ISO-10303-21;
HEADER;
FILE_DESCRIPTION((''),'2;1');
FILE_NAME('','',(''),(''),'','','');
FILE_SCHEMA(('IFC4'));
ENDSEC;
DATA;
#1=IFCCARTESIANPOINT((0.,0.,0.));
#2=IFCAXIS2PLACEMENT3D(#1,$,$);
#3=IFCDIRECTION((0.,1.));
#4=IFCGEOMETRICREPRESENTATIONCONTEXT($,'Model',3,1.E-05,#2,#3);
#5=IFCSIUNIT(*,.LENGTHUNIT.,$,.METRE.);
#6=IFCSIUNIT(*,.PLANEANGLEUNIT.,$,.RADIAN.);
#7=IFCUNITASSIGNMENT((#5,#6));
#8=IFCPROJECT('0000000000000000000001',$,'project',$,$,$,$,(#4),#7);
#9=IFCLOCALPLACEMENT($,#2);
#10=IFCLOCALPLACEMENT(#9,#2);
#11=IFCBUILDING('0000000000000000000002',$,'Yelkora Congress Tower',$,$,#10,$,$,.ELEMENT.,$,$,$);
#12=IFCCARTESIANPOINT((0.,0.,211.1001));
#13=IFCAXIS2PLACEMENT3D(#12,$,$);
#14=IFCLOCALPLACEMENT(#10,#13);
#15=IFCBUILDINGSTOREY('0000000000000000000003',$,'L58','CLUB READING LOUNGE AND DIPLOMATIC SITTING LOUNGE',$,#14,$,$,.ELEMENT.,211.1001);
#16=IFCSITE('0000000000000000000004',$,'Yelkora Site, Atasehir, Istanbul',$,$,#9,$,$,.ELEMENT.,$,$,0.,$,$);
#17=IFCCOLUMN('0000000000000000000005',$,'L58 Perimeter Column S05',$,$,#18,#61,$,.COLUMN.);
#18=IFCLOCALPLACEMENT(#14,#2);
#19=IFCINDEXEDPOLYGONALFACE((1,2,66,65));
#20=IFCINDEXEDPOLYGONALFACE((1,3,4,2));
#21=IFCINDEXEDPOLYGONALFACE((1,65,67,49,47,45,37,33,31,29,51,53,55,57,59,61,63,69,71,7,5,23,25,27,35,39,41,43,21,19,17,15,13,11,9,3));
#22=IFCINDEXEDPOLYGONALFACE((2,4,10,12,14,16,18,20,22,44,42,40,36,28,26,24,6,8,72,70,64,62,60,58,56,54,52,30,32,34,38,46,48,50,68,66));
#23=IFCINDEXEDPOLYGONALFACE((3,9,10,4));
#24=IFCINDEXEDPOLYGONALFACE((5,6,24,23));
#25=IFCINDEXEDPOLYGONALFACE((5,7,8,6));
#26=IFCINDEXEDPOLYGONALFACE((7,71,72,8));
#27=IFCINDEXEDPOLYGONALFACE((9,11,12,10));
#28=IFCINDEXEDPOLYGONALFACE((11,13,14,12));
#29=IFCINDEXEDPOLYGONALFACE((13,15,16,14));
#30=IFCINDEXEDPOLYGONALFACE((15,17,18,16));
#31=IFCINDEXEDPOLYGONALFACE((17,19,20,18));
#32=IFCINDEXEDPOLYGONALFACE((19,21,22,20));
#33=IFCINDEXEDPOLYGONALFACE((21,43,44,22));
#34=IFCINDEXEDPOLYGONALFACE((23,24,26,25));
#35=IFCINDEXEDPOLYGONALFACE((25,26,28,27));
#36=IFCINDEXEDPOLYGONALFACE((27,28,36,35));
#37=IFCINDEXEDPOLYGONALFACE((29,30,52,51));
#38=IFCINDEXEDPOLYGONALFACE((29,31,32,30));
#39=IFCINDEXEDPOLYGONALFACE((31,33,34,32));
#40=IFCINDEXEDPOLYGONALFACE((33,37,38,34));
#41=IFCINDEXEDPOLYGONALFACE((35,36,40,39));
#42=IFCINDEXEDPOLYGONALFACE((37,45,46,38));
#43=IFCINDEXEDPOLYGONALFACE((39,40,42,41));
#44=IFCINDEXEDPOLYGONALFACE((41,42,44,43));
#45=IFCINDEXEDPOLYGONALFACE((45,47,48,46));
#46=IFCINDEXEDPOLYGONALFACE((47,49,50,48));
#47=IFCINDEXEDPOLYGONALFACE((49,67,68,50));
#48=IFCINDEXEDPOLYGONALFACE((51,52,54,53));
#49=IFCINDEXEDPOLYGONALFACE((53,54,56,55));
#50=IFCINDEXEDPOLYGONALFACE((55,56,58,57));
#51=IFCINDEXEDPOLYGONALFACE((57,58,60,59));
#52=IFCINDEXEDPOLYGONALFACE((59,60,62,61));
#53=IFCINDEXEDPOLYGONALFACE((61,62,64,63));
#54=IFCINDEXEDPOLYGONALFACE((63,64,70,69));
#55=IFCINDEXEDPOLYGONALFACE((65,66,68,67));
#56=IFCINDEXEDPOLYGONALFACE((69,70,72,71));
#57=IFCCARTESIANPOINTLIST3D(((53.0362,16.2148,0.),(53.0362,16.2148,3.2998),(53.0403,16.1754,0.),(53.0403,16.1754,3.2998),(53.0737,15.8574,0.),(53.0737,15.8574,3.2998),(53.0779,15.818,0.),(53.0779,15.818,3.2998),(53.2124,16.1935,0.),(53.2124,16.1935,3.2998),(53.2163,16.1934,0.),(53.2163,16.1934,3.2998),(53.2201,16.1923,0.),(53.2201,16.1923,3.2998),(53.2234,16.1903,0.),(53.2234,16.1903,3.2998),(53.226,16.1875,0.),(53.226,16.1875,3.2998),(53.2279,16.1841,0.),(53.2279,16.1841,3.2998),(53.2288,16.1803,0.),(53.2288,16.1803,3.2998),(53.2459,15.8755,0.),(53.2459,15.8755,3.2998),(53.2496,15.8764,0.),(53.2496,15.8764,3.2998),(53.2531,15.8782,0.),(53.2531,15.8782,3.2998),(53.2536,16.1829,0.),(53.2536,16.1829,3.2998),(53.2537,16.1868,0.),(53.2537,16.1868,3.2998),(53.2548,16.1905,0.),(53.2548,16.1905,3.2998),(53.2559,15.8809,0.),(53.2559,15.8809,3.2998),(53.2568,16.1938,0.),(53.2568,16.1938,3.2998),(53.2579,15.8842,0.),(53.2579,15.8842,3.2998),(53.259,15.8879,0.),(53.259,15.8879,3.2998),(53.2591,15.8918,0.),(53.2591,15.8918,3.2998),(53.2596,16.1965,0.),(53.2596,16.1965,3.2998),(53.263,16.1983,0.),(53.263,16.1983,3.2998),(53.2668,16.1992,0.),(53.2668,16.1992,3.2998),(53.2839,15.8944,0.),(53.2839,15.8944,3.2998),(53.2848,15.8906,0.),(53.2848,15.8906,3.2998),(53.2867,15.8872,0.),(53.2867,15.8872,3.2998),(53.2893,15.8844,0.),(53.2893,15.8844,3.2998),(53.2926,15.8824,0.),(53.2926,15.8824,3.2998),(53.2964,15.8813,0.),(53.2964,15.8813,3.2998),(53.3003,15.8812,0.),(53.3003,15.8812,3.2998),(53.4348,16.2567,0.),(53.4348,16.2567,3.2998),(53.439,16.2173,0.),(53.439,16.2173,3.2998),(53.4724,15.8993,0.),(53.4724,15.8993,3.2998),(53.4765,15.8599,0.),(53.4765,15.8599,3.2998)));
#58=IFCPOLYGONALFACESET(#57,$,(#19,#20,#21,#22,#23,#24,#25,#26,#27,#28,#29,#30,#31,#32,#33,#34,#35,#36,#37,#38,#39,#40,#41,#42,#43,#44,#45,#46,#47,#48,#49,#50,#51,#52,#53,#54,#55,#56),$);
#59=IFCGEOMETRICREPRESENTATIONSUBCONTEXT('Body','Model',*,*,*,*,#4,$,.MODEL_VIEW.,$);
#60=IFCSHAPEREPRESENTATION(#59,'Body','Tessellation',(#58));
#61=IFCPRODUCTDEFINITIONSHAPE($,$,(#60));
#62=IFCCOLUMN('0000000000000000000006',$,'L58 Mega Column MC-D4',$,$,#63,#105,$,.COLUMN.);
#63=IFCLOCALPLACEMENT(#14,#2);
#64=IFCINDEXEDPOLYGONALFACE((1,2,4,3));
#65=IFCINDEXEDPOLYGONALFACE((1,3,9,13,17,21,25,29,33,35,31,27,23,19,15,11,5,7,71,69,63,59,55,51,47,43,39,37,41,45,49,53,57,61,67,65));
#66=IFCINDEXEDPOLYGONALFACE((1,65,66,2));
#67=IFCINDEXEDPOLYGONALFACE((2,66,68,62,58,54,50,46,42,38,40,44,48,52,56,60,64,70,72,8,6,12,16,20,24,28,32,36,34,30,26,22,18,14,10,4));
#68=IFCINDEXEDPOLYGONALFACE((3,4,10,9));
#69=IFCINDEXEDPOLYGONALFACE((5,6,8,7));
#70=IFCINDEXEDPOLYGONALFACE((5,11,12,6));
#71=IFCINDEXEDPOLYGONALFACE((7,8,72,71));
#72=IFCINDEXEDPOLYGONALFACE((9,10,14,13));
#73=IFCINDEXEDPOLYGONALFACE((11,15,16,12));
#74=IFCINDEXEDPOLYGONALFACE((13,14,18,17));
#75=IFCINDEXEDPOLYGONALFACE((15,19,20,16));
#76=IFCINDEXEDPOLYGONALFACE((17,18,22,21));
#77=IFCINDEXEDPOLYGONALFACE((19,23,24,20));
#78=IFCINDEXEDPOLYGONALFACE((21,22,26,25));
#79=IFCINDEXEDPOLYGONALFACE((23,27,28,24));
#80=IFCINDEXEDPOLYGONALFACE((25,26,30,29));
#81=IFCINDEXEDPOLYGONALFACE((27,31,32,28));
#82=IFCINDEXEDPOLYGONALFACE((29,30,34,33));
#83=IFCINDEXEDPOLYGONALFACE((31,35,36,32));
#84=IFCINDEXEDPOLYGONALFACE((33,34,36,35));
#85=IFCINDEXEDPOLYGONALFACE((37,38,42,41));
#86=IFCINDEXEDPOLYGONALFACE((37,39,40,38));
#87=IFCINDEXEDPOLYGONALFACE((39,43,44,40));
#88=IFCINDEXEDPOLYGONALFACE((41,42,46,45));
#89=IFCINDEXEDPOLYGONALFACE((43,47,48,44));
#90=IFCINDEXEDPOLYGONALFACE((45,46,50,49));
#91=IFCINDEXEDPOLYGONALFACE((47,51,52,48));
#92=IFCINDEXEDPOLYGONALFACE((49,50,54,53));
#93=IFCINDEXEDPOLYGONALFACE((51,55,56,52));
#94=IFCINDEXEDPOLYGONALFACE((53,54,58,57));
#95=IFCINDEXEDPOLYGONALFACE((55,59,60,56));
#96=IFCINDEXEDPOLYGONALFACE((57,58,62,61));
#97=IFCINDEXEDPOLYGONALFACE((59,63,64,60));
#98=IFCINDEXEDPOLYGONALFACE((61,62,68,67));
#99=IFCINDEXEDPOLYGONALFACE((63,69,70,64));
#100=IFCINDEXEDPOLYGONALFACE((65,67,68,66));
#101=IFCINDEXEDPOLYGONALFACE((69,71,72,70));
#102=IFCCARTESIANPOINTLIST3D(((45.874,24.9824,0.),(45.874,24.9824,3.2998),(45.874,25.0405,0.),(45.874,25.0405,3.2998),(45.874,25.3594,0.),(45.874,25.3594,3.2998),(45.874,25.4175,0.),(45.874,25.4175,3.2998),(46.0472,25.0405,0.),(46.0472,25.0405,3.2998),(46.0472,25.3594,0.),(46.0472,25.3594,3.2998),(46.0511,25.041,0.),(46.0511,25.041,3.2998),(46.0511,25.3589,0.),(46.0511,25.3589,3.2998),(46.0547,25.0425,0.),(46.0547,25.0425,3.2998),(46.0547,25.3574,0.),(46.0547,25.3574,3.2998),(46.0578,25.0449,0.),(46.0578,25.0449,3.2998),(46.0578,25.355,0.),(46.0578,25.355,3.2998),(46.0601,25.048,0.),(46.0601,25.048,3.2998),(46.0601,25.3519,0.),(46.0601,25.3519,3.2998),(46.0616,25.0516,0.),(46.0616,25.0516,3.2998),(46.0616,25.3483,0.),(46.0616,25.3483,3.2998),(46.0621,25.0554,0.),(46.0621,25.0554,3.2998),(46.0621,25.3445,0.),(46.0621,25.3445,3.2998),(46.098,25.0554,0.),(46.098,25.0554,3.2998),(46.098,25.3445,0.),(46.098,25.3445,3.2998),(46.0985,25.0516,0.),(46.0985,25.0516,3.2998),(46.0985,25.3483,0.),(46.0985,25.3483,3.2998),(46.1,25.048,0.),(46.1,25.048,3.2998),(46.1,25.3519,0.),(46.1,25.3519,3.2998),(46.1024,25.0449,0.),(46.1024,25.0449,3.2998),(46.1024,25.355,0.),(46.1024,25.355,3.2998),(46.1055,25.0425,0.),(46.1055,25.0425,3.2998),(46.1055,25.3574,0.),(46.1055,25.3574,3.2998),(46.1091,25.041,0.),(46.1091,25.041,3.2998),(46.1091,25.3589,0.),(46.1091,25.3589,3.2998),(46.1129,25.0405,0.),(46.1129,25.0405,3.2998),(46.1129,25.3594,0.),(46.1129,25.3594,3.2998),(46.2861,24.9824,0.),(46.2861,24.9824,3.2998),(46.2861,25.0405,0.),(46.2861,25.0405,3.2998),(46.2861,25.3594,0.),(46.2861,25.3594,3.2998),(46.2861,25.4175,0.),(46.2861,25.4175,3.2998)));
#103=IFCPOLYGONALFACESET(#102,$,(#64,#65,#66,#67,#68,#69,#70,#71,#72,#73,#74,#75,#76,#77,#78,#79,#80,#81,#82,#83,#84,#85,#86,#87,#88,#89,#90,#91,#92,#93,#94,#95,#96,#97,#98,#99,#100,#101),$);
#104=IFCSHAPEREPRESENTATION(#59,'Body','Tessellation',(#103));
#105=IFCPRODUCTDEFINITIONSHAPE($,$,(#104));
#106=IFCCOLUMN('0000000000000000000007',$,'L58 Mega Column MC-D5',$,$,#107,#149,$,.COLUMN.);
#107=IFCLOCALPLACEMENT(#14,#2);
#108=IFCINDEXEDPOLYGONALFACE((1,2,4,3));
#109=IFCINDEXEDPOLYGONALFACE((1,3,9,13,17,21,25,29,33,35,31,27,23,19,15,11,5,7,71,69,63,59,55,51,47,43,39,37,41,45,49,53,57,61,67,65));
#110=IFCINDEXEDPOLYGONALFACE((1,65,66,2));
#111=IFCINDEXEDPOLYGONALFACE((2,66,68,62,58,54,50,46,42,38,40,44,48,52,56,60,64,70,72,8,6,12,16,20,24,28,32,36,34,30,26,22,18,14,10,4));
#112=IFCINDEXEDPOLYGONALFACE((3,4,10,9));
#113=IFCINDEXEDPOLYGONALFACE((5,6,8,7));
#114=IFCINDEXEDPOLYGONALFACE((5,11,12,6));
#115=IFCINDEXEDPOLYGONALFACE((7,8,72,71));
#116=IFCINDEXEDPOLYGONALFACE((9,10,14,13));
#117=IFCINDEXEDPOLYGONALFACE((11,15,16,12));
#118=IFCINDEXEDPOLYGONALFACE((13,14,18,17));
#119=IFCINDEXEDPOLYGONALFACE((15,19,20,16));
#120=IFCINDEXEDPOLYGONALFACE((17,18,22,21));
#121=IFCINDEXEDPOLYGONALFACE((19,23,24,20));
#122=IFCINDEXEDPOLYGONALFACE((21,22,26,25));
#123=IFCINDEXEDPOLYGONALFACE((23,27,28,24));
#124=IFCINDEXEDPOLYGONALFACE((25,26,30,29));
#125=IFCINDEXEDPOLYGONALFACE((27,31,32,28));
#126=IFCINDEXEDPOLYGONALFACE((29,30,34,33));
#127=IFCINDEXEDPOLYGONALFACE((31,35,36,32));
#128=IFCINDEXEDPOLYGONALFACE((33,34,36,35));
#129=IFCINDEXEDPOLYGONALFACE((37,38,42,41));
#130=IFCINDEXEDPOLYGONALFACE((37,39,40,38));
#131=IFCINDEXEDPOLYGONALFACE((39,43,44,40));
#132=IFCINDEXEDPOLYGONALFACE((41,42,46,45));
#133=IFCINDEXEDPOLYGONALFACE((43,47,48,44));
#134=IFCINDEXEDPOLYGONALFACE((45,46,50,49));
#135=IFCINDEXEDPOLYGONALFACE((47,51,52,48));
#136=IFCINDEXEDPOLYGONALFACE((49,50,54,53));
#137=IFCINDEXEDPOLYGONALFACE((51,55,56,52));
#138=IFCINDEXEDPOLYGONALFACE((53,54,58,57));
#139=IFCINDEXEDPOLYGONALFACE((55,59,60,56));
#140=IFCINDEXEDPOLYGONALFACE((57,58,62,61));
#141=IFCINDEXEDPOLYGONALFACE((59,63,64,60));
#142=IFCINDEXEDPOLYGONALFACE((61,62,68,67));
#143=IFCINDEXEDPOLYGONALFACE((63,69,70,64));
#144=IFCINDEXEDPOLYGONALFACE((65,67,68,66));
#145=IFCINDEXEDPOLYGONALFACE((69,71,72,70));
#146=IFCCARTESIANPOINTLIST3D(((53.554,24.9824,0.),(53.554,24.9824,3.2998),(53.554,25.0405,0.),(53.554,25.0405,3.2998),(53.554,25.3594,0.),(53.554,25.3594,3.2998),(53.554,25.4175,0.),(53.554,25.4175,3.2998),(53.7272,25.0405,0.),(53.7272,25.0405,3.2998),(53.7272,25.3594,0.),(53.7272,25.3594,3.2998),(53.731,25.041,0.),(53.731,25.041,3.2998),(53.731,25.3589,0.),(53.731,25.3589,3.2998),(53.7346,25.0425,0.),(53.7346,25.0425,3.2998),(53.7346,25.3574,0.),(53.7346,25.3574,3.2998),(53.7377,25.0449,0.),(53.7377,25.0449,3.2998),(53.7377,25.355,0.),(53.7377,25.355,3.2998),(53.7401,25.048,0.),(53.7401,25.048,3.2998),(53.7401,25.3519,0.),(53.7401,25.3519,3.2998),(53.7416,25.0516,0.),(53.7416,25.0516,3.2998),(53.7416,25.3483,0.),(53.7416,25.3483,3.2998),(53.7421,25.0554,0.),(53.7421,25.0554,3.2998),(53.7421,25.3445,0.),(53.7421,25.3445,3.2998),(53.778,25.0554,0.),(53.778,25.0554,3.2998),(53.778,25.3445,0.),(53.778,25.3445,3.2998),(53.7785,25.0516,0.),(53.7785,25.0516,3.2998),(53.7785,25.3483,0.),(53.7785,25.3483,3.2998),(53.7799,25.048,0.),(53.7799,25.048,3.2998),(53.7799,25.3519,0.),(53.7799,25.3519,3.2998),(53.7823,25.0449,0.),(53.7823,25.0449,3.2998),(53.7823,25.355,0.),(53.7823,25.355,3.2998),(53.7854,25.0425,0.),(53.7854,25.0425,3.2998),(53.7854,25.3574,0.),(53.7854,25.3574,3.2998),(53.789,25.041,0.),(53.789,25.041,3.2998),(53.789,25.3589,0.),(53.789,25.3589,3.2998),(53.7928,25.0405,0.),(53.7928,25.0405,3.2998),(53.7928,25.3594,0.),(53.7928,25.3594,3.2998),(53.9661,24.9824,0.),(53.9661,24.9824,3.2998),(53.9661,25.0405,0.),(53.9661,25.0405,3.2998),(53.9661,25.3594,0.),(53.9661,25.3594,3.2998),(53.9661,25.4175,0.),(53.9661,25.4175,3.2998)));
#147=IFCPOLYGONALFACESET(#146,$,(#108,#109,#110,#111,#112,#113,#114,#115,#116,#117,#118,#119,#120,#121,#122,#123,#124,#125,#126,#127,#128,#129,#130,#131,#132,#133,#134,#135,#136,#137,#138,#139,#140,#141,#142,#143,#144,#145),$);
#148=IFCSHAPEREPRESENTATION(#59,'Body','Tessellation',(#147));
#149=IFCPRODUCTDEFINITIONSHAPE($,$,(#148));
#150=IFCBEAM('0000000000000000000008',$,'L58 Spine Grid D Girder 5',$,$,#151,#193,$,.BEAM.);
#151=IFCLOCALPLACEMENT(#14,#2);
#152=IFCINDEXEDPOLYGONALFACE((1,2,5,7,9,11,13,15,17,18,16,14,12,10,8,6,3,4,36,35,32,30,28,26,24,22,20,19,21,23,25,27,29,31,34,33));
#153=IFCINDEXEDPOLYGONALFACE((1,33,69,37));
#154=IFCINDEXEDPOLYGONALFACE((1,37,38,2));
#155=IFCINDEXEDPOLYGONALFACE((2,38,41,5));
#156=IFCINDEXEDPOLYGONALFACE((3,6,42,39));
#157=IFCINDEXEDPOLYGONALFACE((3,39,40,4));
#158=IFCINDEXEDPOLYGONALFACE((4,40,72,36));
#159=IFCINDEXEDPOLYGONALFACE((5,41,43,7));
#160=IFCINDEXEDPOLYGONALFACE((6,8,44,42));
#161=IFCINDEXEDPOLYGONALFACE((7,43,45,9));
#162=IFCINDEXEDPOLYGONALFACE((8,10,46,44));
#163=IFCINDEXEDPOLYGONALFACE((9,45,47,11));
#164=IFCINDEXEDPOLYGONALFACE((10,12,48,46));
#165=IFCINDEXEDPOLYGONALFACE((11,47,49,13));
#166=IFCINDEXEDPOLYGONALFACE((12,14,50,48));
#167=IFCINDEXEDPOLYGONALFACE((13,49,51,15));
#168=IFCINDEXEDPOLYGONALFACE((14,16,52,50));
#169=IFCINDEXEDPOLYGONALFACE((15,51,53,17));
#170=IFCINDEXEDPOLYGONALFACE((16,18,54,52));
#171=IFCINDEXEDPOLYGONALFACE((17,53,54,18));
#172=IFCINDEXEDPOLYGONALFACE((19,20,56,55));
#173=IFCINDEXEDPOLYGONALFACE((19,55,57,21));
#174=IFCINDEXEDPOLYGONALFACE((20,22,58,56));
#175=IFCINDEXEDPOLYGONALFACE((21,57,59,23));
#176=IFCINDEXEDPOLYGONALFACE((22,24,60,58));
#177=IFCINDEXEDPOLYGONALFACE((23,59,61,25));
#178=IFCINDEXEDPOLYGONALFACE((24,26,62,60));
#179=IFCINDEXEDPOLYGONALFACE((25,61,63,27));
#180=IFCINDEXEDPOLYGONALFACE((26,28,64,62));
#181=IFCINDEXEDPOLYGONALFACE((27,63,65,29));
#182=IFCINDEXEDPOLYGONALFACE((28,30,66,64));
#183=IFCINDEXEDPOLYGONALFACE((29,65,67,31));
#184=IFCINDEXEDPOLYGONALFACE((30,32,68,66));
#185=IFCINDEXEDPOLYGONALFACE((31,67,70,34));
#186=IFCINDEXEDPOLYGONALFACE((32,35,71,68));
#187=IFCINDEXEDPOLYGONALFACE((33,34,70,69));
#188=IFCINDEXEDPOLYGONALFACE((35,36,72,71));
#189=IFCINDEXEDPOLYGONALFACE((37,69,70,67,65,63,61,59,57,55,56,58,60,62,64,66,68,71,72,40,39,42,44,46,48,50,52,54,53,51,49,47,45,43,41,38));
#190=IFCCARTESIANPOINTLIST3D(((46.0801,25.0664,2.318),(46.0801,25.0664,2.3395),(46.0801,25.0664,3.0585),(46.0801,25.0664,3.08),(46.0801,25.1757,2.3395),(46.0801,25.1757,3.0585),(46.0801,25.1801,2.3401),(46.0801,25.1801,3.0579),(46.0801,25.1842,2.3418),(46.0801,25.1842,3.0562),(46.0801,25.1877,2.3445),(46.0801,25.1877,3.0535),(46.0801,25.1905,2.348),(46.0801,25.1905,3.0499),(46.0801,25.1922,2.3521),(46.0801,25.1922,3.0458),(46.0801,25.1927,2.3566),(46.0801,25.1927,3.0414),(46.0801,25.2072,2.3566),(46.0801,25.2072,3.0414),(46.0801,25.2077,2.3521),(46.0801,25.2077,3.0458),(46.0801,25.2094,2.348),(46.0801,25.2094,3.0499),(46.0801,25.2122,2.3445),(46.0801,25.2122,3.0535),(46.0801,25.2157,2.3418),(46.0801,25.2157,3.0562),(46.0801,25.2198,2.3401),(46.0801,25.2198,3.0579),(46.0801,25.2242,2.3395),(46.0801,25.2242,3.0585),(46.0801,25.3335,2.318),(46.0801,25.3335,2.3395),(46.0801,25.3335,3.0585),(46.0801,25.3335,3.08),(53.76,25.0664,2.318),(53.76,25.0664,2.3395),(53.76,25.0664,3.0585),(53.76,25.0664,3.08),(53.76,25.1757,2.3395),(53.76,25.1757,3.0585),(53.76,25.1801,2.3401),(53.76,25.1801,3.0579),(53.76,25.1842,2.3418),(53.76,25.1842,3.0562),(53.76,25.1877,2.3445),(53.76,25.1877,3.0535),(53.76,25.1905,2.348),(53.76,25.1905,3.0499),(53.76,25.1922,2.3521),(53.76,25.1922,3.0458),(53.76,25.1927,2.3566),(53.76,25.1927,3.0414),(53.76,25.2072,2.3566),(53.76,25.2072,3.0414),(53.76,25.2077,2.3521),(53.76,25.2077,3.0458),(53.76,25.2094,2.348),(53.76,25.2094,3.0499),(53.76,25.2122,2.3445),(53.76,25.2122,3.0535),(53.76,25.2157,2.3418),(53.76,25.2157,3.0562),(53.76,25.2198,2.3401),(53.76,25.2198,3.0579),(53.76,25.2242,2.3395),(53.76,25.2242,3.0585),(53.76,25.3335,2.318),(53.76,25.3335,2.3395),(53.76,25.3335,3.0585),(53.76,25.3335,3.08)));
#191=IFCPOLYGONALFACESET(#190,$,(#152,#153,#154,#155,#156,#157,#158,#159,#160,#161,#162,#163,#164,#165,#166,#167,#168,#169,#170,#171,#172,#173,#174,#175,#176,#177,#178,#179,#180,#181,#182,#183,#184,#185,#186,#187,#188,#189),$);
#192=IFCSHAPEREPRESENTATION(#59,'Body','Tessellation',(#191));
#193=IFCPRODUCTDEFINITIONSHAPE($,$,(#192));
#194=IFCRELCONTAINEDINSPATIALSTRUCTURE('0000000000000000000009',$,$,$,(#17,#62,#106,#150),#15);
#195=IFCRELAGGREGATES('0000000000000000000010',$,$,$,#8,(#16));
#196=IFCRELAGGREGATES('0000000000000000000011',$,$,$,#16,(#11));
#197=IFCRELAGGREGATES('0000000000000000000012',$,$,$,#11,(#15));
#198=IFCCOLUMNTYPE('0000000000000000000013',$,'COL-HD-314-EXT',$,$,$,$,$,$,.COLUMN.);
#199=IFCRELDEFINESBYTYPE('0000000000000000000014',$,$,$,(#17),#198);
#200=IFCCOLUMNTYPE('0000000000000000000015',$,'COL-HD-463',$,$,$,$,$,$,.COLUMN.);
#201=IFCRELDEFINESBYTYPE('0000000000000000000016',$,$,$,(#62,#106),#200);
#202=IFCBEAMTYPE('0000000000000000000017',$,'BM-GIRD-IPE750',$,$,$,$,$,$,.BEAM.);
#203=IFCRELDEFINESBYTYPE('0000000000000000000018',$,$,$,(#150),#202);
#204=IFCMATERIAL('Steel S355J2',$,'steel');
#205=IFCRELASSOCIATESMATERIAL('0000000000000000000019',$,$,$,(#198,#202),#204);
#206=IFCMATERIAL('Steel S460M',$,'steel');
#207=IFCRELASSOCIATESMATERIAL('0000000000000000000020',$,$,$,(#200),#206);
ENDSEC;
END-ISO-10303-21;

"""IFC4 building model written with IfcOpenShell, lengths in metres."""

from ifc_helpers import new_model, si_unit, direction, frame, origin, origin_2d, place, context, subcontext, project, spatial, i_section, extrude, material, material_profile, profile_set, type_object, element, save


model = new_model("IFC4")

# Units and contexts
model_context = context("Model", 3, precision=1e-05, world=origin(), true_north=direction((0.0, 1.0)))
body_context = subcontext(model_context, "Body", "Model", "MODEL_VIEW")
ifc_project = project(units=[si_unit("LENGTHUNIT", "METRE"), si_unit("PLANEANGLEUNIT", "RADIAN")], contexts=[model_context])

# Site, building, storey
site_placement = place(None, origin())
site = spatial("IfcSite", under=ifc_project, at=site_placement, Name="Yelkora Site, Atasehir, Istanbul", CompositionType="ELEMENT", RefElevation=0.0)
building_placement = place(site_placement, origin())
building = spatial("IfcBuilding", under=site, at=building_placement, Name="Yelkora Congress Tower", CompositionType="ELEMENT")
storey_placement = place(building_placement, frame((0.0, 0.0, 211.1001)))
storey = spatial("IfcBuildingStorey", under=building, at=storey_placement, Name="L58", Description="CLUB READING LOUNGE AND DIPLOMATIC SITTING LOUNGE", CompositionType="ELEMENT", Elevation=211.1001)

# Columns
ifc_material_1 = material(Name="Steel S355J2", Category="steel")
ifc_material_profile_1 = material_profile(ifc_material_1, i_section(OverallWidth=0.4009, OverallDepth=0.3989, WebThickness=0.0249, FlangeThickness=0.0396, FilletRadius=0.0149, at=origin_2d()), Name="HD 400x314")
ifc_profile_set_1 = profile_set([ifc_material_profile_1], Name="Steel S355J2")
column_type_1 = type_object("IfcColumnType", Name="COL-HD-314-EXT", PredefinedType="COLUMN", material=ifc_profile_set_1)
column_placement = place(storey_placement, frame((53.2563, 16.0374, 0.0), z_axis=(0.0, 0.0, 1.0), x_axis=(0.994522, 0.104528, 0.0)))
element("IfcColumn", 1, at=column_placement, inside=storey, type_object=column_type_1, Name="L58 Perimeter Column S05", PredefinedType="COLUMN", context=body_context, shape_type="SweptSolid", body=[
    extrude(i_section(OverallWidth=0.4009, OverallDepth=0.3989, WebThickness=0.0249, FlangeThickness=0.0396, FilletRadius=0.0149, at=origin_2d()), origin(), (0.0, 0.0, 1.0), 3.2998),
])
ifc_material_2 = material(Name="Steel S460M", Category="steel")
ifc_material_profile_2 = material_profile(ifc_material_2, i_section(OverallWidth=0.4121, OverallDepth=0.4351, WebThickness=0.0359, FlangeThickness=0.0581, FilletRadius=0.0149, at=origin_2d()), Name="HD 400x463")
ifc_profile_set_2 = profile_set([ifc_material_profile_2], Name="Steel S460M")
column_type_2 = type_object("IfcColumnType", Name="COL-HD-463", PredefinedType="COLUMN", material=ifc_profile_set_2)
for number, where, z_axis, x_axis, name in (
    (2, (46.0801, 25.2, 0.0), (0.0, 0.0, 1.0), (1.0, 0.0, 0.0), "L58 Mega Column MC-D4"),
    (3, (53.76, 25.2, 0.0), (0.0, 0.0, 1.0), (1.0, 0.0, 0.0), "L58 Mega Column MC-D5"),
):
    element("IfcColumn", number, at=place(storey_placement, frame(where, z_axis=z_axis, x_axis=x_axis)), inside=storey, type_object=column_type_2, Name=name, PredefinedType="COLUMN", context=body_context, shape_type="SweptSolid", body=[
        extrude(i_section(OverallWidth=0.4121, OverallDepth=0.4351, WebThickness=0.0359, FlangeThickness=0.0581, FilletRadius=0.0149, at=origin_2d()), origin(), (0.0, 0.0, 1.0), 3.2998),
    ])

# Beam
ifc_material_profile_3 = material_profile(ifc_material_1, i_section(OverallWidth=0.2671, OverallDepth=0.762, WebThickness=0.0144, FlangeThickness=0.0215, FilletRadius=0.0171, at=origin_2d()), Name="IPE 750x173")
ifc_profile_set_3 = profile_set([ifc_material_profile_3], Name="Steel S355J2")
beam_type_1 = type_object("IfcBeamType", Name="BM-GIRD-IPE750", PredefinedType="BEAM", material=ifc_profile_set_3)
beam_1_placement = place(storey_placement, frame((46.0801, 25.2, 2.699), z_axis=(1.0, 0.0, 0.0), x_axis=(0.0, 1.0, 0.0)))
element("IfcBeam", 4, at=beam_1_placement, inside=storey, type_object=beam_type_1, Name="L58 Spine Grid D Girder 5", PredefinedType="BEAM", context=body_context, shape_type="SweptSolid", body=[
    extrude(i_section(OverallWidth=0.2671, OverallDepth=0.762, WebThickness=0.0144, FlangeThickness=0.0215, FilletRadius=0.0171, at=origin_2d()), origin(), (0.0, 0.0, 1.0), 7.6799),
])

save(model, "model.ifc")
